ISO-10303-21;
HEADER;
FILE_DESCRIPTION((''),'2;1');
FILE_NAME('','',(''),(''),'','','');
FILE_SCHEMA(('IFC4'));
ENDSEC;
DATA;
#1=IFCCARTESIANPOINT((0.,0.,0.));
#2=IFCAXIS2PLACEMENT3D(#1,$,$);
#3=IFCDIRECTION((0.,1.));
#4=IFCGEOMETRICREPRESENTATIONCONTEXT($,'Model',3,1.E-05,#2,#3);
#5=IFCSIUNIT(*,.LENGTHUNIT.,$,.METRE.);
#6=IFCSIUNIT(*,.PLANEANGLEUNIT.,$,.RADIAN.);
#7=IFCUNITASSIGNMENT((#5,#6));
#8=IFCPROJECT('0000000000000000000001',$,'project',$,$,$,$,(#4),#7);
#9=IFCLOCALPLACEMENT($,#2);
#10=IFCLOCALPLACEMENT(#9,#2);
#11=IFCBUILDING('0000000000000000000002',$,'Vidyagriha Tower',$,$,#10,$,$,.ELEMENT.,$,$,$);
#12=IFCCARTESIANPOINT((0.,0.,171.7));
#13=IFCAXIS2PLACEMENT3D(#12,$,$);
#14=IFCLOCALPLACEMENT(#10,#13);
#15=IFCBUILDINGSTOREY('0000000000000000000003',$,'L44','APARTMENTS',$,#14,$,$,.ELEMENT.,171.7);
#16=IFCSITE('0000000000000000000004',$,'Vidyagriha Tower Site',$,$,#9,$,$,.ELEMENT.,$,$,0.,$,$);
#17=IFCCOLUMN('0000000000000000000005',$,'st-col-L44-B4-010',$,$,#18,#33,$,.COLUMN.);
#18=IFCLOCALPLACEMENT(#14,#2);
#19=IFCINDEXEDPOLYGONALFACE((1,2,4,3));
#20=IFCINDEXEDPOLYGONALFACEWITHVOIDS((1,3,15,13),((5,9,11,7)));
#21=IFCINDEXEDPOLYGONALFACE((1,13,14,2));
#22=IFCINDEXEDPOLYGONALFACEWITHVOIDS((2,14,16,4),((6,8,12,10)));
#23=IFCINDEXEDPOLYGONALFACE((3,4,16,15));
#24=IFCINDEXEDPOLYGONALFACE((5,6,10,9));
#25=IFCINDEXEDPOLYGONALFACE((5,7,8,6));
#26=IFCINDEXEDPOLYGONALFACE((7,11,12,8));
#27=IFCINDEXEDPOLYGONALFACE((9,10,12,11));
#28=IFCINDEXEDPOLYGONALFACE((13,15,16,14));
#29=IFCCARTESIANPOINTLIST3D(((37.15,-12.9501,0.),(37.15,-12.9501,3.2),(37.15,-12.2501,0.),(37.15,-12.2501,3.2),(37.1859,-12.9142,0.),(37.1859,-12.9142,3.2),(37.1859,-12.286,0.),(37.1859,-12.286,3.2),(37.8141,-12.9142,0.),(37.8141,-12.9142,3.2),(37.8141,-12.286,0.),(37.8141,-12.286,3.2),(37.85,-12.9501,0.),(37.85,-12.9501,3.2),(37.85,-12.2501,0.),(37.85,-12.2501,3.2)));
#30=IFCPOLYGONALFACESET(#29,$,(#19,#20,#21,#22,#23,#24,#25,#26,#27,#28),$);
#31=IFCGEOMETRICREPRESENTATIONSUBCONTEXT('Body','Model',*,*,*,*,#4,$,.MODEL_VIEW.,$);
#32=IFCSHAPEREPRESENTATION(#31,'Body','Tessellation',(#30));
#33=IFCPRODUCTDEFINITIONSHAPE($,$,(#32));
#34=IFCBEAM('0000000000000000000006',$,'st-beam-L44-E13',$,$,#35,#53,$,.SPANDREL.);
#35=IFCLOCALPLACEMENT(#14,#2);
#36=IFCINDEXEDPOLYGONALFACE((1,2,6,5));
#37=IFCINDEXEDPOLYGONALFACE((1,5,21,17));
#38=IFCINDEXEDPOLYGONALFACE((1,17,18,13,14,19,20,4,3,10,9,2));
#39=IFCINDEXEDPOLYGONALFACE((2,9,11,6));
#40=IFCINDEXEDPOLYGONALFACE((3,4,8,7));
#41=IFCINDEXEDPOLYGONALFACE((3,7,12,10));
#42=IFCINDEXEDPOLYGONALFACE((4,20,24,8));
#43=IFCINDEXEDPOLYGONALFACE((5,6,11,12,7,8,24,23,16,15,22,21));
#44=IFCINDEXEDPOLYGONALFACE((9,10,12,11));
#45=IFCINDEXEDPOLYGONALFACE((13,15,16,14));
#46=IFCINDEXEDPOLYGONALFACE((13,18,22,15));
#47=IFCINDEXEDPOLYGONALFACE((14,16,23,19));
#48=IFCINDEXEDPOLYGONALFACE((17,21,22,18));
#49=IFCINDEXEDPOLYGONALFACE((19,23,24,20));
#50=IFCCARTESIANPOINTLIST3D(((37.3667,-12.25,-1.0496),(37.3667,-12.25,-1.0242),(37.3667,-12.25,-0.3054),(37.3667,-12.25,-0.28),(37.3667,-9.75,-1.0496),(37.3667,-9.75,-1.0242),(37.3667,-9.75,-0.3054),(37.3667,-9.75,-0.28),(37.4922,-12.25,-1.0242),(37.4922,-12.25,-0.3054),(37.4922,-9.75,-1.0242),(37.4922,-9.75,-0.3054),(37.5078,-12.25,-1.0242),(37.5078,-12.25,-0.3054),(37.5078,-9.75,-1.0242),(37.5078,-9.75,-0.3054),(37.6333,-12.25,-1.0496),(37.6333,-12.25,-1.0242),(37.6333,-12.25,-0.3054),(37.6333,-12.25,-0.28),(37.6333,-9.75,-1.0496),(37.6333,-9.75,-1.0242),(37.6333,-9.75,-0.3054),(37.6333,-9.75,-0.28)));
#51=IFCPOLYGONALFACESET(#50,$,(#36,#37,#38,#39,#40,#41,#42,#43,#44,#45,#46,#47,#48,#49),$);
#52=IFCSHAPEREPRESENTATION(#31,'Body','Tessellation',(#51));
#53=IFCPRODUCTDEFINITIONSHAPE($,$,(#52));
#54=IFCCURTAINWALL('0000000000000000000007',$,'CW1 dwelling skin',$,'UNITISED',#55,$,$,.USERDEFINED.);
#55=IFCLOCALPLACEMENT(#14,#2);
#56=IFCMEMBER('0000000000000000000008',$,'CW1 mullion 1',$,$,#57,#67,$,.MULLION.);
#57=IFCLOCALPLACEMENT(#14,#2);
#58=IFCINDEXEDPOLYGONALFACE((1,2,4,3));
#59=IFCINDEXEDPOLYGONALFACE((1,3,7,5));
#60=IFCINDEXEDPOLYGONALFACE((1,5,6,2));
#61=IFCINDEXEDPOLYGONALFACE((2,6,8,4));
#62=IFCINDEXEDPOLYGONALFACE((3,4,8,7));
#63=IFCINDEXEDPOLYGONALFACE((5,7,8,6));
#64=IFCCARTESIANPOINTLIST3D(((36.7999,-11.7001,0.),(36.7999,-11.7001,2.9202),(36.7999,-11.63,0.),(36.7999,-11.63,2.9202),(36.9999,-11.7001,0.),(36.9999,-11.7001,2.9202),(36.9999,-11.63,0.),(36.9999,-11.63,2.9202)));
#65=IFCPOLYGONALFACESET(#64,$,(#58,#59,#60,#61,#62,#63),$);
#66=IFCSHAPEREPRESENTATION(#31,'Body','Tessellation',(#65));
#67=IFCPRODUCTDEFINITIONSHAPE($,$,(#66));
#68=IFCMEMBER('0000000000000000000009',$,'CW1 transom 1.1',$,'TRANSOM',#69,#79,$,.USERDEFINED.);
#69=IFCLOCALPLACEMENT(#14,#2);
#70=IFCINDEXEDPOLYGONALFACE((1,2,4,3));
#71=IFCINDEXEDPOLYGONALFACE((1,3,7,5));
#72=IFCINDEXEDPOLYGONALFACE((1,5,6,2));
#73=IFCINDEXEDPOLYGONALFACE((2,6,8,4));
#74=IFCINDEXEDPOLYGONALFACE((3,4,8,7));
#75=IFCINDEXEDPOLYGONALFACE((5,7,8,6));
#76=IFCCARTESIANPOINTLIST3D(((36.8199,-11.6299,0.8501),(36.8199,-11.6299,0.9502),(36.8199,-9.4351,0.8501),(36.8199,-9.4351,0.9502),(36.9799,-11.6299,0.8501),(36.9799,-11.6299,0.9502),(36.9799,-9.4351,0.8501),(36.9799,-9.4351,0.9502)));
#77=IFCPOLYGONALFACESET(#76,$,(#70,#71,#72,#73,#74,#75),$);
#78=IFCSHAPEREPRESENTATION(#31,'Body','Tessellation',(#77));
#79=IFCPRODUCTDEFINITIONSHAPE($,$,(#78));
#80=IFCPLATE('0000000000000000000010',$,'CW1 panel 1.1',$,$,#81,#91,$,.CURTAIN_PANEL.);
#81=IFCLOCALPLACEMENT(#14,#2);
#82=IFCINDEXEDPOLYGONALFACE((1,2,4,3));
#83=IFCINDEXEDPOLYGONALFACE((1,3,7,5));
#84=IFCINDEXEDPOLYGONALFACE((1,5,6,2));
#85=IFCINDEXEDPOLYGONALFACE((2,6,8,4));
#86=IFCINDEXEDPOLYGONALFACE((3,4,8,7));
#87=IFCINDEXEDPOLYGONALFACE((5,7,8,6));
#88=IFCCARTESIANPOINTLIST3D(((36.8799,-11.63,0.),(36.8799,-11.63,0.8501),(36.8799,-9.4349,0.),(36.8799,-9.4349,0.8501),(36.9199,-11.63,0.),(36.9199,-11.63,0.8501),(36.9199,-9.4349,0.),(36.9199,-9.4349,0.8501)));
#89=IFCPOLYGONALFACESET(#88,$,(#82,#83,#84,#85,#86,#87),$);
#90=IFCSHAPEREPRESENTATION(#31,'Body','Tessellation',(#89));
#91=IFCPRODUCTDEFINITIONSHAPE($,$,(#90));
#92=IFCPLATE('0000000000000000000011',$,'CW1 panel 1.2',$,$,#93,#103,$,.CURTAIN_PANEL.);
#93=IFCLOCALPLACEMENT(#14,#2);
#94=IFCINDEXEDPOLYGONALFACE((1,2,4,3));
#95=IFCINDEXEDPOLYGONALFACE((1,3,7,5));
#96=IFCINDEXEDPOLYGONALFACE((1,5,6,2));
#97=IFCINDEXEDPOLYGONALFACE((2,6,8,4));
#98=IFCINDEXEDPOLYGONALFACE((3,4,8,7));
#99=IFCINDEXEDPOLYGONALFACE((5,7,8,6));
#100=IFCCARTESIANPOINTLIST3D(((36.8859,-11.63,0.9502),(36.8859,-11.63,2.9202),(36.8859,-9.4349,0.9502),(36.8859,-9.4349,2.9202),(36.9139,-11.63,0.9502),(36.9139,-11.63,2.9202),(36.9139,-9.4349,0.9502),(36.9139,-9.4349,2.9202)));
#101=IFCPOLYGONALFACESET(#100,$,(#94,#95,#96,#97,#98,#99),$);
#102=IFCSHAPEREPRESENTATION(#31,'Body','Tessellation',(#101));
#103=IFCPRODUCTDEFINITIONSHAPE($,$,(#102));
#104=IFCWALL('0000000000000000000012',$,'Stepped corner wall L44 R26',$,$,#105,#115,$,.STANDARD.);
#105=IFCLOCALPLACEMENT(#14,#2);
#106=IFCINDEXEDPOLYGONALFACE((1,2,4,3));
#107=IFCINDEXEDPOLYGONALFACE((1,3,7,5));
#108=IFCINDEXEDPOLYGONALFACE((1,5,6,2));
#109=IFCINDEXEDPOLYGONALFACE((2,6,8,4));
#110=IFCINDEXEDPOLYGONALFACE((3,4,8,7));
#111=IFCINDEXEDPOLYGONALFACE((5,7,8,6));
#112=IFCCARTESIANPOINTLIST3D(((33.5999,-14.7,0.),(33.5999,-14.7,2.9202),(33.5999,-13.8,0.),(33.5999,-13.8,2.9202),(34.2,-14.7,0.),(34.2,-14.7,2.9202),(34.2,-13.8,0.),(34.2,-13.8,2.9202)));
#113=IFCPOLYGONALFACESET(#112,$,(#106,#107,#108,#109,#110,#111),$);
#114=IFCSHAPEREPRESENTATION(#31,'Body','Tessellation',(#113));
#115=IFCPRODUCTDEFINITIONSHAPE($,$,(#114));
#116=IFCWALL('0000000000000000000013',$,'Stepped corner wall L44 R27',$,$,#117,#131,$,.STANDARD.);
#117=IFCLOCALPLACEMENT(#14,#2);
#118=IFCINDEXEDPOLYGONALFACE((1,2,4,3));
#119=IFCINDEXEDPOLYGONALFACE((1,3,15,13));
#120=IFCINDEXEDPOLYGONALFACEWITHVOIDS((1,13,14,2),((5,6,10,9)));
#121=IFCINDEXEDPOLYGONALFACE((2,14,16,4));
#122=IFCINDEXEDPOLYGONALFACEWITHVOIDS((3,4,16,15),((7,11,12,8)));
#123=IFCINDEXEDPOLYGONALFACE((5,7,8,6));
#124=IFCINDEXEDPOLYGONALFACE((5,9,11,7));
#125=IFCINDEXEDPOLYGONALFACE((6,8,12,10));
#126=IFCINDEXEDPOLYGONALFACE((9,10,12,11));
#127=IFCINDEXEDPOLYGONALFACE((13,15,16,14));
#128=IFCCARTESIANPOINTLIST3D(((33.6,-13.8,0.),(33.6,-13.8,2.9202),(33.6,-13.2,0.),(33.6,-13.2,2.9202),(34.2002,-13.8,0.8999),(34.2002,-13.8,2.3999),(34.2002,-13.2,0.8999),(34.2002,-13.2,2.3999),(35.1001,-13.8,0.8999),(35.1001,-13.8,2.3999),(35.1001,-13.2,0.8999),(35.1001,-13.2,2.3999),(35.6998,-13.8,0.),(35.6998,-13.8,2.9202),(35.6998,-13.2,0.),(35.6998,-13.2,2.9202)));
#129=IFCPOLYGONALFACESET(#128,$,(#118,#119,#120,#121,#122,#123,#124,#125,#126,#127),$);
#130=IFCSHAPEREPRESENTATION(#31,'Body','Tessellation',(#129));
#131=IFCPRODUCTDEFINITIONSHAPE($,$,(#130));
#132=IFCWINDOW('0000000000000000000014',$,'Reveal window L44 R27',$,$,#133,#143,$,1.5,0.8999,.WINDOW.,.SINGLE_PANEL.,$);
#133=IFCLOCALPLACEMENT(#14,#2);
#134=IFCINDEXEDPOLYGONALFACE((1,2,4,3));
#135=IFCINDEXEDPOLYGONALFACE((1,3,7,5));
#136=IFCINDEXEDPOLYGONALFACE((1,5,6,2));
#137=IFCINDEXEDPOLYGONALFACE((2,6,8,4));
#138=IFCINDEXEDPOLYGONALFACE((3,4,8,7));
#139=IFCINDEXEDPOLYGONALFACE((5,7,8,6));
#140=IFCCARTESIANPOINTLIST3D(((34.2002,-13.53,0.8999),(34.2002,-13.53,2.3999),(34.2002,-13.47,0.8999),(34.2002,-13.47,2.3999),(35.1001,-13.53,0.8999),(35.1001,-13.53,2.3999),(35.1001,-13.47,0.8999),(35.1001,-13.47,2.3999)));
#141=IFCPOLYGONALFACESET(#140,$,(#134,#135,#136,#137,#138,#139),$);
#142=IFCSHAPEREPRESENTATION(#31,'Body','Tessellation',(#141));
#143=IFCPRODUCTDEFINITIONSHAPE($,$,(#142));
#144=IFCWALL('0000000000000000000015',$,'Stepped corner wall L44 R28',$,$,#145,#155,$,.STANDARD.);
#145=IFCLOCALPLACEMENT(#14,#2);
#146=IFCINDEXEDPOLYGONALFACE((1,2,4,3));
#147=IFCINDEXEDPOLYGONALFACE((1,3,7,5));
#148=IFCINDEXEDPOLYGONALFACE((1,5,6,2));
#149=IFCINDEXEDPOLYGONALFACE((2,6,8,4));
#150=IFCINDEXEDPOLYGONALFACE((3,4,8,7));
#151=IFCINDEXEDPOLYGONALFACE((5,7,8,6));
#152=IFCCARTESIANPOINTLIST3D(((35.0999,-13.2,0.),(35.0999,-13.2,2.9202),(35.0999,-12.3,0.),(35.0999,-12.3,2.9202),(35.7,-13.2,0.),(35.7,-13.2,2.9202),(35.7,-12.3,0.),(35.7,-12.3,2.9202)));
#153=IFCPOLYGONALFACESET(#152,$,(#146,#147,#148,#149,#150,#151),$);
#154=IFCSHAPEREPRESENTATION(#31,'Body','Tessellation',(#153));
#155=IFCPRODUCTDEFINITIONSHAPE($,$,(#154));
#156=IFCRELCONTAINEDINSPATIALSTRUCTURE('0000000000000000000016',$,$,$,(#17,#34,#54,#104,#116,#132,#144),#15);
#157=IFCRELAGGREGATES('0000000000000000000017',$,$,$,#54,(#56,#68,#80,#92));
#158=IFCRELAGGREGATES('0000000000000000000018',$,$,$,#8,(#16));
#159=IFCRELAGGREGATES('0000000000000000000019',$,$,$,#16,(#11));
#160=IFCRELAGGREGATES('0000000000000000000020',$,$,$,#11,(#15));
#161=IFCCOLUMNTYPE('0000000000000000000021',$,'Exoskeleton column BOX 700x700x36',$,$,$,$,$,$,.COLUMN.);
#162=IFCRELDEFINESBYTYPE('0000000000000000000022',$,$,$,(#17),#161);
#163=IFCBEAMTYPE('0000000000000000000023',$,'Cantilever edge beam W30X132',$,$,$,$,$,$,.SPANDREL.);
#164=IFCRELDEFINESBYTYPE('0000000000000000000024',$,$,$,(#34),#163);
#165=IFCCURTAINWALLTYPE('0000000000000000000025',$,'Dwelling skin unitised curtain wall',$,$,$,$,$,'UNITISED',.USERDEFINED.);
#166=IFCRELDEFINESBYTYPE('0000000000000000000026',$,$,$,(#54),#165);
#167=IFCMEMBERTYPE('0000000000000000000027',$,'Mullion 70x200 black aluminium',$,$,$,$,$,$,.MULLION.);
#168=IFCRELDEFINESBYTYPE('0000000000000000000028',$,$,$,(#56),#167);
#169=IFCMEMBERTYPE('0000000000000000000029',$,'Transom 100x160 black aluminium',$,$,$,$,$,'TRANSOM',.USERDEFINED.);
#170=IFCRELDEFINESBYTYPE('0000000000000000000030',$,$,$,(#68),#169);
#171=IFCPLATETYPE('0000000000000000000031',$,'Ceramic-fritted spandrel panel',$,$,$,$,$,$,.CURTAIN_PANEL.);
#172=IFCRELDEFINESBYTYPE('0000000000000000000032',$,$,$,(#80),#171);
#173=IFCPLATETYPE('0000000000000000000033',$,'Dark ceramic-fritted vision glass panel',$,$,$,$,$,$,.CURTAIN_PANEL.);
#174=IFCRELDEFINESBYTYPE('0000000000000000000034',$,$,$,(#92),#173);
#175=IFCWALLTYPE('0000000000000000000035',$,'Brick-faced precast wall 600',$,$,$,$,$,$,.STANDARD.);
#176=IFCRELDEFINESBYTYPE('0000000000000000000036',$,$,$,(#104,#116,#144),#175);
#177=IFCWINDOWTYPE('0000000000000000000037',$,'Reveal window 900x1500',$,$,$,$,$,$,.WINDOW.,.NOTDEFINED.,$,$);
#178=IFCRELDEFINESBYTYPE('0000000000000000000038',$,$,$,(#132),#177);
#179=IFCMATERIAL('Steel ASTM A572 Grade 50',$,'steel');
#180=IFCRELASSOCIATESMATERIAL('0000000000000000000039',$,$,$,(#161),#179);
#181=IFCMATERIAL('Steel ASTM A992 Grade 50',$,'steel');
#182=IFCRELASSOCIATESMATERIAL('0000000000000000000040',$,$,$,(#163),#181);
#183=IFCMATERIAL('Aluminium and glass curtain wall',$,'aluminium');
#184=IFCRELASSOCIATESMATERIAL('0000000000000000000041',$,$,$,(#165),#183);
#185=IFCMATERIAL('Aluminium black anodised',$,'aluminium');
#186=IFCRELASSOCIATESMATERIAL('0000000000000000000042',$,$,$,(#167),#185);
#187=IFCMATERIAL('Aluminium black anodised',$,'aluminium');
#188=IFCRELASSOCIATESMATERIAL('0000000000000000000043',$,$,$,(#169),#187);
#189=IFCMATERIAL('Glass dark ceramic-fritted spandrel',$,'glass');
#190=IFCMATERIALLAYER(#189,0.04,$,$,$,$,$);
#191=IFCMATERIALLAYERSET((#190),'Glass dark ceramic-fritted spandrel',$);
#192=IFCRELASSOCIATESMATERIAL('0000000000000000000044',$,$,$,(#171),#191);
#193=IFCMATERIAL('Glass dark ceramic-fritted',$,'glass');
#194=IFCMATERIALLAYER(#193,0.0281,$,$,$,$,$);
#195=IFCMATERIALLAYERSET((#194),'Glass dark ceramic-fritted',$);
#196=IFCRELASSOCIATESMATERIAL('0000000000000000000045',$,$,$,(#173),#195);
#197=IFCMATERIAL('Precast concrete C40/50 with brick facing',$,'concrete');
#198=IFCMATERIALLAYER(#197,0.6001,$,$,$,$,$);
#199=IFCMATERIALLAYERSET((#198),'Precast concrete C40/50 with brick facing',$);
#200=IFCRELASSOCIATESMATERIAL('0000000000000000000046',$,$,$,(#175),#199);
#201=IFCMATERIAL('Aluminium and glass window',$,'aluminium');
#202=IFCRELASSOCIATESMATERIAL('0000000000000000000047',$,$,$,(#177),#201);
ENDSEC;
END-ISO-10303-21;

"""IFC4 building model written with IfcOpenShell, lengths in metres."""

from ifc_helpers import new_model, si_unit, direction, frame, frame_2d, origin, origin_2d, place, context, subcontext, project, spatial, rectangle, hollow_rectangle, i_section, extrude, material, layer, layer_set, material_profile, profile_set, type_object, element, fill, aggregate, save


model = new_model("IFC4")

# Units and contexts
model_context = context("Model", 3, precision=1e-05, world=origin(), true_north=direction((0.0, 1.0)))
body_context = subcontext(model_context, "Body", "Model", "MODEL_VIEW")
ifc_project = project(units=[si_unit("LENGTHUNIT", "METRE"), si_unit("PLANEANGLEUNIT", "RADIAN")], contexts=[model_context])

# Site, building, storey
site_placement = place(None, origin())
site = spatial("IfcSite", under=ifc_project, at=site_placement, Name="Vidyagriha Tower Site", CompositionType="ELEMENT", RefElevation=0.0)
building_placement = place(site_placement, origin())
building = spatial("IfcBuilding", under=site, at=building_placement, Name="Vidyagriha Tower", CompositionType="ELEMENT")
storey_placement = place(building_placement, frame((0.0, 0.0, 171.7)))
storey = spatial("IfcBuildingStorey", under=building, at=storey_placement, Name="L44", Description="APARTMENTS", CompositionType="ELEMENT", Elevation=171.7)

# Column
ifc_material_1 = material(Name="Steel ASTM A572 Grade 50", Category="steel")
ifc_material_profile_1 = material_profile(ifc_material_1, hollow_rectangle(XDim=0.7, YDim=0.7, WallThickness=0.0359, at=origin_2d()), Name="BOX 700x700x36")
ifc_profile_set_1 = profile_set([ifc_material_profile_1], Name="Steel ASTM A572 Grade 50")
column_type = type_object("IfcColumnType", Name="Exoskeleton column BOX 700x700x36", PredefinedType="COLUMN", material=ifc_profile_set_1)
column_placement = place(storey_placement, frame((37.5, -12.6001, 0.0)))
element("IfcColumn", 1, at=column_placement, inside=storey, type_object=column_type, Name="st-col-L44-B4-010", PredefinedType="COLUMN", context=body_context, shape_type="SweptSolid", body=[
    extrude(hollow_rectangle(XDim=0.7, YDim=0.7, WallThickness=0.0359, at=origin_2d()), origin(), (0.0, 0.0, 1.0), 3.2),
])

# Beam
ifc_material_2 = material(Name="Steel ASTM A992 Grade 50", Category="steel")
ifc_material_profile_2 = material_profile(ifc_material_2, i_section(OverallWidth=0.2666, OverallDepth=0.7695, WebThickness=0.0156, FlangeThickness=0.0254, at=origin_2d()), Name="W30X132")
ifc_profile_set_2 = profile_set([ifc_material_profile_2], Name="Steel ASTM A992 Grade 50")
beam_type = type_object("IfcBeamType", Name="Cantilever edge beam W30X132", PredefinedType="SPANDREL", material=ifc_profile_set_2)
beam_placement = place(storey_placement, frame((37.5, -12.25, -0.6648), z_axis=(0.0, 1.0, 0.0), x_axis=(-1.0, 0.0, 0.0)))
element("IfcBeam", 2, at=beam_placement, inside=storey, type_object=beam_type, Name="st-beam-L44-E13", PredefinedType="SPANDREL", context=body_context, shape_type="SweptSolid", body=[
    extrude(i_section(OverallWidth=0.2666, OverallDepth=0.7695, WebThickness=0.0156, FlangeThickness=0.0254, at=origin_2d()), origin(), (0.0, 0.0, 1.0), 2.5),
])

# Curtain wall, members, plates
ifc_material_3 = material(Name="Aluminium and glass curtain wall", Category="aluminium")
curtain_wall_type = type_object("IfcCurtainWallType", Name="Dwelling skin unitised curtain wall", ElementType="UNITISED", PredefinedType="USERDEFINED", material=ifc_material_3)
curtain_wall_placement = place(storey_placement, origin())
curtain_wall = element("IfcCurtainWall", 3, at=curtain_wall_placement, inside=storey, type_object=curtain_wall_type, Name="CW1 dwelling skin", ObjectType="UNITISED", PredefinedType="USERDEFINED")
ifc_material_4 = material(Name="Aluminium black anodised", Category="aluminium")
ifc_material_profile_3 = material_profile(ifc_material_4, rectangle(XDim=0.2, YDim=0.0701, at=origin_2d()), Name="Mullion 70x200 black aluminium")
ifc_profile_set_3 = profile_set([ifc_material_profile_3], Name="Aluminium black anodised")
member_type_1 = type_object("IfcMemberType", Name="Mullion 70x200 black aluminium", PredefinedType="MULLION", material=ifc_profile_set_3)
member_1_placement = place(storey_placement, frame((36.8999, -11.665, 0.0), z_axis=(0.0, 0.0, 1.0), x_axis=(-1.0, 0.0, 0.0)))
member_1 = element("IfcMember", 4, at=member_1_placement, type_object=member_type_1, Name="CW1 mullion 1", PredefinedType="MULLION", context=body_context, shape_type="SweptSolid", body=[
    extrude(rectangle(XDim=0.2, YDim=0.0701, at=origin_2d()), origin(), (0.0, 0.0, 1.0), 2.9202),
])
ifc_material_5 = material(Name="Aluminium black anodised", Category="aluminium")
ifc_material_profile_4 = material_profile(ifc_material_5, rectangle(XDim=0.1599, YDim=0.1001, at=origin_2d()), Name="Transom 100x160 black aluminium")
ifc_profile_set_4 = profile_set([ifc_material_profile_4], Name="Aluminium black anodised")
member_type_2 = type_object("IfcMemberType", Name="Transom 100x160 black aluminium", ElementType="TRANSOM", PredefinedType="USERDEFINED", material=ifc_profile_set_4)
member_2_placement = place(storey_placement, frame((36.8999, -11.6299, 0.9001), z_axis=(0.0, 1.0, 0.0), x_axis=(-1.0, 0.0, 0.0)))
member_2 = element("IfcMember", 5, at=member_2_placement, type_object=member_type_2, Name="CW1 transom 1.1", ObjectType="TRANSOM", PredefinedType="USERDEFINED", context=body_context, shape_type="SweptSolid", body=[
    extrude(rectangle(XDim=0.1599, YDim=0.1001, at=origin_2d()), origin(), (0.0, 0.0, 1.0), 2.1948),
])
ifc_material_6 = material(Name="Glass dark ceramic-fritted spandrel", Category="glass")
ifc_layer_1 = layer(ifc_material_6, 0.04)
ifc_layer_set_1 = layer_set([ifc_layer_1], Name="Glass dark ceramic-fritted spandrel")
plate_type_1 = type_object("IfcPlateType", Name="Ceramic-fritted spandrel panel", PredefinedType="CURTAIN_PANEL", material=ifc_layer_set_1)
plate_1_placement = place(storey_placement, frame((36.8999, -10.5325, 0.0), z_axis=(0.0, 0.0, 1.0), x_axis=(0.0, 1.0, 0.0)))
plate_1 = element("IfcPlate", 6, at=plate_1_placement, type_object=plate_type_1, Name="CW1 panel 1.1", PredefinedType="CURTAIN_PANEL", context=body_context, shape_type="SweptSolid", body=[
    extrude(rectangle(XDim=2.1951, YDim=0.04, at=origin_2d()), origin(), (0.0, 0.0, 1.0), 0.8501),
])
ifc_material_7 = material(Name="Glass dark ceramic-fritted", Category="glass")
ifc_layer_2 = layer(ifc_material_7, 0.0281)
ifc_layer_set_2 = layer_set([ifc_layer_2], Name="Glass dark ceramic-fritted")
plate_type_2 = type_object("IfcPlateType", Name="Dark ceramic-fritted vision glass panel", PredefinedType="CURTAIN_PANEL", material=ifc_layer_set_2)
plate_2_placement = place(storey_placement, frame((36.8999, -10.5325, 0.9502), z_axis=(0.0, 0.0, 1.0), x_axis=(0.0, 1.0, 0.0)))
plate_2 = element("IfcPlate", 7, at=plate_2_placement, type_object=plate_type_2, Name="CW1 panel 1.2", PredefinedType="CURTAIN_PANEL", context=body_context, shape_type="SweptSolid", body=[
    extrude(rectangle(XDim=2.1951, YDim=0.0281, at=origin_2d()), origin(), (0.0, 0.0, 1.0), 1.97),
])
aggregate(curtain_wall, [member_1, member_2, plate_1, plate_2])

# Wall
ifc_material_8 = material(Name="Precast concrete C40/50 with brick facing", Category="concrete")
ifc_layer_3 = layer(ifc_material_8, 0.6001)
ifc_layer_set_3 = layer_set([ifc_layer_3], Name="Precast concrete C40/50 with brick facing")
wall_type_1 = type_object("IfcWallType", Name="Brick-faced precast wall 600", PredefinedType="STANDARD", material=ifc_layer_set_3)
wall_1_placement = place(storey_placement, frame((33.8999, -14.7, 0.0), z_axis=(0.0, 0.0, 1.0), x_axis=(0.0, 1.0, 0.0)))
element("IfcWall", 8, at=wall_1_placement, inside=storey, type_object=wall_type_1, Name="Stepped corner wall L44 R26", PredefinedType="STANDARD", context=body_context, shape_type="SweptSolid", body=[
    extrude(rectangle(XDim=0.8999, YDim=0.6001, at=frame_2d((0.45, 0.0))), origin(), (0.0, 0.0, 1.0), 2.9202),
])

# Wall, opening, window
wall_2_placement = place(storey_placement, frame((33.6001, -13.5, 0.0)))
wall_2 = element("IfcWall", 9, at=wall_2_placement, inside=storey, type_object=wall_type_1, Name="Stepped corner wall L44 R27", PredefinedType="STANDARD", context=body_context, shape_type="SweptSolid", body=[
    extrude(rectangle(XDim=2.0999, YDim=0.6001, at=frame_2d((1.0498, 0.0))), origin(), (0.0, 0.0, 1.0), 2.9202),
])
opening_1_placement = place(wall_2_placement, frame((0.6001, 0.0, 0.8999)))
opening_1 = element("IfcOpeningElement", 10, at=opening_1_placement, cuts=wall_2, PredefinedType="OPENING", context=body_context, shape_type="SweptSolid", body=[
    extrude(rectangle(XDim=0.8999, YDim=1.5, at=frame_2d((0.45, 0.75))), frame((0.0, 0.3101, 0.0), z_axis=(0.0, -1.0, 0.0), x_axis=(1.0, 0.0, 0.0)), (0.0, 0.0, 1.0), 0.6201),
])
ifc_material_9 = material(Name="Aluminium and glass window", Category="aluminium")
window_type = type_object("IfcWindowType", Name="Reveal window 900x1500", PartitioningType="NOTDEFINED", PredefinedType="WINDOW", material=ifc_material_9)
window_1_placement = place(opening_1_placement, origin())
window_1 = element("IfcWindow", 11, at=window_1_placement, inside=storey, type_object=window_type, Name="Reveal window L44 R27", OverallHeight=1.5, OverallWidth=0.8999, PartitioningType="SINGLE_PANEL", PredefinedType="WINDOW", context=body_context, shape_type="SweptSolid", body=[
    extrude(rectangle(XDim=0.8999, YDim=1.5, at=frame_2d((0.45, 0.75))), frame((0.0, 0.03, 0.0), z_axis=(0.0, -1.0, 0.0), x_axis=(1.0, 0.0, 0.0)), (0.0, 0.0, 1.0), 0.0601),
])
fill(opening_1, window_1)

# Wall
wall_3_placement = place(storey_placement, frame((35.3999, -13.2, 0.0), z_axis=(0.0, 0.0, 1.0), x_axis=(0.0, 1.0, 0.0)))
element("IfcWall", 12, at=wall_3_placement, inside=storey, type_object=wall_type_1, Name="Stepped corner wall L44 R28", PredefinedType="STANDARD", context=body_context, shape_type="SweptSolid", body=[
    extrude(rectangle(XDim=0.8999, YDim=0.6001, at=frame_2d((0.45, 0.0))), origin(), (0.0, 0.0, 1.0), 2.9202),
])

save(model, "model.ifc")
